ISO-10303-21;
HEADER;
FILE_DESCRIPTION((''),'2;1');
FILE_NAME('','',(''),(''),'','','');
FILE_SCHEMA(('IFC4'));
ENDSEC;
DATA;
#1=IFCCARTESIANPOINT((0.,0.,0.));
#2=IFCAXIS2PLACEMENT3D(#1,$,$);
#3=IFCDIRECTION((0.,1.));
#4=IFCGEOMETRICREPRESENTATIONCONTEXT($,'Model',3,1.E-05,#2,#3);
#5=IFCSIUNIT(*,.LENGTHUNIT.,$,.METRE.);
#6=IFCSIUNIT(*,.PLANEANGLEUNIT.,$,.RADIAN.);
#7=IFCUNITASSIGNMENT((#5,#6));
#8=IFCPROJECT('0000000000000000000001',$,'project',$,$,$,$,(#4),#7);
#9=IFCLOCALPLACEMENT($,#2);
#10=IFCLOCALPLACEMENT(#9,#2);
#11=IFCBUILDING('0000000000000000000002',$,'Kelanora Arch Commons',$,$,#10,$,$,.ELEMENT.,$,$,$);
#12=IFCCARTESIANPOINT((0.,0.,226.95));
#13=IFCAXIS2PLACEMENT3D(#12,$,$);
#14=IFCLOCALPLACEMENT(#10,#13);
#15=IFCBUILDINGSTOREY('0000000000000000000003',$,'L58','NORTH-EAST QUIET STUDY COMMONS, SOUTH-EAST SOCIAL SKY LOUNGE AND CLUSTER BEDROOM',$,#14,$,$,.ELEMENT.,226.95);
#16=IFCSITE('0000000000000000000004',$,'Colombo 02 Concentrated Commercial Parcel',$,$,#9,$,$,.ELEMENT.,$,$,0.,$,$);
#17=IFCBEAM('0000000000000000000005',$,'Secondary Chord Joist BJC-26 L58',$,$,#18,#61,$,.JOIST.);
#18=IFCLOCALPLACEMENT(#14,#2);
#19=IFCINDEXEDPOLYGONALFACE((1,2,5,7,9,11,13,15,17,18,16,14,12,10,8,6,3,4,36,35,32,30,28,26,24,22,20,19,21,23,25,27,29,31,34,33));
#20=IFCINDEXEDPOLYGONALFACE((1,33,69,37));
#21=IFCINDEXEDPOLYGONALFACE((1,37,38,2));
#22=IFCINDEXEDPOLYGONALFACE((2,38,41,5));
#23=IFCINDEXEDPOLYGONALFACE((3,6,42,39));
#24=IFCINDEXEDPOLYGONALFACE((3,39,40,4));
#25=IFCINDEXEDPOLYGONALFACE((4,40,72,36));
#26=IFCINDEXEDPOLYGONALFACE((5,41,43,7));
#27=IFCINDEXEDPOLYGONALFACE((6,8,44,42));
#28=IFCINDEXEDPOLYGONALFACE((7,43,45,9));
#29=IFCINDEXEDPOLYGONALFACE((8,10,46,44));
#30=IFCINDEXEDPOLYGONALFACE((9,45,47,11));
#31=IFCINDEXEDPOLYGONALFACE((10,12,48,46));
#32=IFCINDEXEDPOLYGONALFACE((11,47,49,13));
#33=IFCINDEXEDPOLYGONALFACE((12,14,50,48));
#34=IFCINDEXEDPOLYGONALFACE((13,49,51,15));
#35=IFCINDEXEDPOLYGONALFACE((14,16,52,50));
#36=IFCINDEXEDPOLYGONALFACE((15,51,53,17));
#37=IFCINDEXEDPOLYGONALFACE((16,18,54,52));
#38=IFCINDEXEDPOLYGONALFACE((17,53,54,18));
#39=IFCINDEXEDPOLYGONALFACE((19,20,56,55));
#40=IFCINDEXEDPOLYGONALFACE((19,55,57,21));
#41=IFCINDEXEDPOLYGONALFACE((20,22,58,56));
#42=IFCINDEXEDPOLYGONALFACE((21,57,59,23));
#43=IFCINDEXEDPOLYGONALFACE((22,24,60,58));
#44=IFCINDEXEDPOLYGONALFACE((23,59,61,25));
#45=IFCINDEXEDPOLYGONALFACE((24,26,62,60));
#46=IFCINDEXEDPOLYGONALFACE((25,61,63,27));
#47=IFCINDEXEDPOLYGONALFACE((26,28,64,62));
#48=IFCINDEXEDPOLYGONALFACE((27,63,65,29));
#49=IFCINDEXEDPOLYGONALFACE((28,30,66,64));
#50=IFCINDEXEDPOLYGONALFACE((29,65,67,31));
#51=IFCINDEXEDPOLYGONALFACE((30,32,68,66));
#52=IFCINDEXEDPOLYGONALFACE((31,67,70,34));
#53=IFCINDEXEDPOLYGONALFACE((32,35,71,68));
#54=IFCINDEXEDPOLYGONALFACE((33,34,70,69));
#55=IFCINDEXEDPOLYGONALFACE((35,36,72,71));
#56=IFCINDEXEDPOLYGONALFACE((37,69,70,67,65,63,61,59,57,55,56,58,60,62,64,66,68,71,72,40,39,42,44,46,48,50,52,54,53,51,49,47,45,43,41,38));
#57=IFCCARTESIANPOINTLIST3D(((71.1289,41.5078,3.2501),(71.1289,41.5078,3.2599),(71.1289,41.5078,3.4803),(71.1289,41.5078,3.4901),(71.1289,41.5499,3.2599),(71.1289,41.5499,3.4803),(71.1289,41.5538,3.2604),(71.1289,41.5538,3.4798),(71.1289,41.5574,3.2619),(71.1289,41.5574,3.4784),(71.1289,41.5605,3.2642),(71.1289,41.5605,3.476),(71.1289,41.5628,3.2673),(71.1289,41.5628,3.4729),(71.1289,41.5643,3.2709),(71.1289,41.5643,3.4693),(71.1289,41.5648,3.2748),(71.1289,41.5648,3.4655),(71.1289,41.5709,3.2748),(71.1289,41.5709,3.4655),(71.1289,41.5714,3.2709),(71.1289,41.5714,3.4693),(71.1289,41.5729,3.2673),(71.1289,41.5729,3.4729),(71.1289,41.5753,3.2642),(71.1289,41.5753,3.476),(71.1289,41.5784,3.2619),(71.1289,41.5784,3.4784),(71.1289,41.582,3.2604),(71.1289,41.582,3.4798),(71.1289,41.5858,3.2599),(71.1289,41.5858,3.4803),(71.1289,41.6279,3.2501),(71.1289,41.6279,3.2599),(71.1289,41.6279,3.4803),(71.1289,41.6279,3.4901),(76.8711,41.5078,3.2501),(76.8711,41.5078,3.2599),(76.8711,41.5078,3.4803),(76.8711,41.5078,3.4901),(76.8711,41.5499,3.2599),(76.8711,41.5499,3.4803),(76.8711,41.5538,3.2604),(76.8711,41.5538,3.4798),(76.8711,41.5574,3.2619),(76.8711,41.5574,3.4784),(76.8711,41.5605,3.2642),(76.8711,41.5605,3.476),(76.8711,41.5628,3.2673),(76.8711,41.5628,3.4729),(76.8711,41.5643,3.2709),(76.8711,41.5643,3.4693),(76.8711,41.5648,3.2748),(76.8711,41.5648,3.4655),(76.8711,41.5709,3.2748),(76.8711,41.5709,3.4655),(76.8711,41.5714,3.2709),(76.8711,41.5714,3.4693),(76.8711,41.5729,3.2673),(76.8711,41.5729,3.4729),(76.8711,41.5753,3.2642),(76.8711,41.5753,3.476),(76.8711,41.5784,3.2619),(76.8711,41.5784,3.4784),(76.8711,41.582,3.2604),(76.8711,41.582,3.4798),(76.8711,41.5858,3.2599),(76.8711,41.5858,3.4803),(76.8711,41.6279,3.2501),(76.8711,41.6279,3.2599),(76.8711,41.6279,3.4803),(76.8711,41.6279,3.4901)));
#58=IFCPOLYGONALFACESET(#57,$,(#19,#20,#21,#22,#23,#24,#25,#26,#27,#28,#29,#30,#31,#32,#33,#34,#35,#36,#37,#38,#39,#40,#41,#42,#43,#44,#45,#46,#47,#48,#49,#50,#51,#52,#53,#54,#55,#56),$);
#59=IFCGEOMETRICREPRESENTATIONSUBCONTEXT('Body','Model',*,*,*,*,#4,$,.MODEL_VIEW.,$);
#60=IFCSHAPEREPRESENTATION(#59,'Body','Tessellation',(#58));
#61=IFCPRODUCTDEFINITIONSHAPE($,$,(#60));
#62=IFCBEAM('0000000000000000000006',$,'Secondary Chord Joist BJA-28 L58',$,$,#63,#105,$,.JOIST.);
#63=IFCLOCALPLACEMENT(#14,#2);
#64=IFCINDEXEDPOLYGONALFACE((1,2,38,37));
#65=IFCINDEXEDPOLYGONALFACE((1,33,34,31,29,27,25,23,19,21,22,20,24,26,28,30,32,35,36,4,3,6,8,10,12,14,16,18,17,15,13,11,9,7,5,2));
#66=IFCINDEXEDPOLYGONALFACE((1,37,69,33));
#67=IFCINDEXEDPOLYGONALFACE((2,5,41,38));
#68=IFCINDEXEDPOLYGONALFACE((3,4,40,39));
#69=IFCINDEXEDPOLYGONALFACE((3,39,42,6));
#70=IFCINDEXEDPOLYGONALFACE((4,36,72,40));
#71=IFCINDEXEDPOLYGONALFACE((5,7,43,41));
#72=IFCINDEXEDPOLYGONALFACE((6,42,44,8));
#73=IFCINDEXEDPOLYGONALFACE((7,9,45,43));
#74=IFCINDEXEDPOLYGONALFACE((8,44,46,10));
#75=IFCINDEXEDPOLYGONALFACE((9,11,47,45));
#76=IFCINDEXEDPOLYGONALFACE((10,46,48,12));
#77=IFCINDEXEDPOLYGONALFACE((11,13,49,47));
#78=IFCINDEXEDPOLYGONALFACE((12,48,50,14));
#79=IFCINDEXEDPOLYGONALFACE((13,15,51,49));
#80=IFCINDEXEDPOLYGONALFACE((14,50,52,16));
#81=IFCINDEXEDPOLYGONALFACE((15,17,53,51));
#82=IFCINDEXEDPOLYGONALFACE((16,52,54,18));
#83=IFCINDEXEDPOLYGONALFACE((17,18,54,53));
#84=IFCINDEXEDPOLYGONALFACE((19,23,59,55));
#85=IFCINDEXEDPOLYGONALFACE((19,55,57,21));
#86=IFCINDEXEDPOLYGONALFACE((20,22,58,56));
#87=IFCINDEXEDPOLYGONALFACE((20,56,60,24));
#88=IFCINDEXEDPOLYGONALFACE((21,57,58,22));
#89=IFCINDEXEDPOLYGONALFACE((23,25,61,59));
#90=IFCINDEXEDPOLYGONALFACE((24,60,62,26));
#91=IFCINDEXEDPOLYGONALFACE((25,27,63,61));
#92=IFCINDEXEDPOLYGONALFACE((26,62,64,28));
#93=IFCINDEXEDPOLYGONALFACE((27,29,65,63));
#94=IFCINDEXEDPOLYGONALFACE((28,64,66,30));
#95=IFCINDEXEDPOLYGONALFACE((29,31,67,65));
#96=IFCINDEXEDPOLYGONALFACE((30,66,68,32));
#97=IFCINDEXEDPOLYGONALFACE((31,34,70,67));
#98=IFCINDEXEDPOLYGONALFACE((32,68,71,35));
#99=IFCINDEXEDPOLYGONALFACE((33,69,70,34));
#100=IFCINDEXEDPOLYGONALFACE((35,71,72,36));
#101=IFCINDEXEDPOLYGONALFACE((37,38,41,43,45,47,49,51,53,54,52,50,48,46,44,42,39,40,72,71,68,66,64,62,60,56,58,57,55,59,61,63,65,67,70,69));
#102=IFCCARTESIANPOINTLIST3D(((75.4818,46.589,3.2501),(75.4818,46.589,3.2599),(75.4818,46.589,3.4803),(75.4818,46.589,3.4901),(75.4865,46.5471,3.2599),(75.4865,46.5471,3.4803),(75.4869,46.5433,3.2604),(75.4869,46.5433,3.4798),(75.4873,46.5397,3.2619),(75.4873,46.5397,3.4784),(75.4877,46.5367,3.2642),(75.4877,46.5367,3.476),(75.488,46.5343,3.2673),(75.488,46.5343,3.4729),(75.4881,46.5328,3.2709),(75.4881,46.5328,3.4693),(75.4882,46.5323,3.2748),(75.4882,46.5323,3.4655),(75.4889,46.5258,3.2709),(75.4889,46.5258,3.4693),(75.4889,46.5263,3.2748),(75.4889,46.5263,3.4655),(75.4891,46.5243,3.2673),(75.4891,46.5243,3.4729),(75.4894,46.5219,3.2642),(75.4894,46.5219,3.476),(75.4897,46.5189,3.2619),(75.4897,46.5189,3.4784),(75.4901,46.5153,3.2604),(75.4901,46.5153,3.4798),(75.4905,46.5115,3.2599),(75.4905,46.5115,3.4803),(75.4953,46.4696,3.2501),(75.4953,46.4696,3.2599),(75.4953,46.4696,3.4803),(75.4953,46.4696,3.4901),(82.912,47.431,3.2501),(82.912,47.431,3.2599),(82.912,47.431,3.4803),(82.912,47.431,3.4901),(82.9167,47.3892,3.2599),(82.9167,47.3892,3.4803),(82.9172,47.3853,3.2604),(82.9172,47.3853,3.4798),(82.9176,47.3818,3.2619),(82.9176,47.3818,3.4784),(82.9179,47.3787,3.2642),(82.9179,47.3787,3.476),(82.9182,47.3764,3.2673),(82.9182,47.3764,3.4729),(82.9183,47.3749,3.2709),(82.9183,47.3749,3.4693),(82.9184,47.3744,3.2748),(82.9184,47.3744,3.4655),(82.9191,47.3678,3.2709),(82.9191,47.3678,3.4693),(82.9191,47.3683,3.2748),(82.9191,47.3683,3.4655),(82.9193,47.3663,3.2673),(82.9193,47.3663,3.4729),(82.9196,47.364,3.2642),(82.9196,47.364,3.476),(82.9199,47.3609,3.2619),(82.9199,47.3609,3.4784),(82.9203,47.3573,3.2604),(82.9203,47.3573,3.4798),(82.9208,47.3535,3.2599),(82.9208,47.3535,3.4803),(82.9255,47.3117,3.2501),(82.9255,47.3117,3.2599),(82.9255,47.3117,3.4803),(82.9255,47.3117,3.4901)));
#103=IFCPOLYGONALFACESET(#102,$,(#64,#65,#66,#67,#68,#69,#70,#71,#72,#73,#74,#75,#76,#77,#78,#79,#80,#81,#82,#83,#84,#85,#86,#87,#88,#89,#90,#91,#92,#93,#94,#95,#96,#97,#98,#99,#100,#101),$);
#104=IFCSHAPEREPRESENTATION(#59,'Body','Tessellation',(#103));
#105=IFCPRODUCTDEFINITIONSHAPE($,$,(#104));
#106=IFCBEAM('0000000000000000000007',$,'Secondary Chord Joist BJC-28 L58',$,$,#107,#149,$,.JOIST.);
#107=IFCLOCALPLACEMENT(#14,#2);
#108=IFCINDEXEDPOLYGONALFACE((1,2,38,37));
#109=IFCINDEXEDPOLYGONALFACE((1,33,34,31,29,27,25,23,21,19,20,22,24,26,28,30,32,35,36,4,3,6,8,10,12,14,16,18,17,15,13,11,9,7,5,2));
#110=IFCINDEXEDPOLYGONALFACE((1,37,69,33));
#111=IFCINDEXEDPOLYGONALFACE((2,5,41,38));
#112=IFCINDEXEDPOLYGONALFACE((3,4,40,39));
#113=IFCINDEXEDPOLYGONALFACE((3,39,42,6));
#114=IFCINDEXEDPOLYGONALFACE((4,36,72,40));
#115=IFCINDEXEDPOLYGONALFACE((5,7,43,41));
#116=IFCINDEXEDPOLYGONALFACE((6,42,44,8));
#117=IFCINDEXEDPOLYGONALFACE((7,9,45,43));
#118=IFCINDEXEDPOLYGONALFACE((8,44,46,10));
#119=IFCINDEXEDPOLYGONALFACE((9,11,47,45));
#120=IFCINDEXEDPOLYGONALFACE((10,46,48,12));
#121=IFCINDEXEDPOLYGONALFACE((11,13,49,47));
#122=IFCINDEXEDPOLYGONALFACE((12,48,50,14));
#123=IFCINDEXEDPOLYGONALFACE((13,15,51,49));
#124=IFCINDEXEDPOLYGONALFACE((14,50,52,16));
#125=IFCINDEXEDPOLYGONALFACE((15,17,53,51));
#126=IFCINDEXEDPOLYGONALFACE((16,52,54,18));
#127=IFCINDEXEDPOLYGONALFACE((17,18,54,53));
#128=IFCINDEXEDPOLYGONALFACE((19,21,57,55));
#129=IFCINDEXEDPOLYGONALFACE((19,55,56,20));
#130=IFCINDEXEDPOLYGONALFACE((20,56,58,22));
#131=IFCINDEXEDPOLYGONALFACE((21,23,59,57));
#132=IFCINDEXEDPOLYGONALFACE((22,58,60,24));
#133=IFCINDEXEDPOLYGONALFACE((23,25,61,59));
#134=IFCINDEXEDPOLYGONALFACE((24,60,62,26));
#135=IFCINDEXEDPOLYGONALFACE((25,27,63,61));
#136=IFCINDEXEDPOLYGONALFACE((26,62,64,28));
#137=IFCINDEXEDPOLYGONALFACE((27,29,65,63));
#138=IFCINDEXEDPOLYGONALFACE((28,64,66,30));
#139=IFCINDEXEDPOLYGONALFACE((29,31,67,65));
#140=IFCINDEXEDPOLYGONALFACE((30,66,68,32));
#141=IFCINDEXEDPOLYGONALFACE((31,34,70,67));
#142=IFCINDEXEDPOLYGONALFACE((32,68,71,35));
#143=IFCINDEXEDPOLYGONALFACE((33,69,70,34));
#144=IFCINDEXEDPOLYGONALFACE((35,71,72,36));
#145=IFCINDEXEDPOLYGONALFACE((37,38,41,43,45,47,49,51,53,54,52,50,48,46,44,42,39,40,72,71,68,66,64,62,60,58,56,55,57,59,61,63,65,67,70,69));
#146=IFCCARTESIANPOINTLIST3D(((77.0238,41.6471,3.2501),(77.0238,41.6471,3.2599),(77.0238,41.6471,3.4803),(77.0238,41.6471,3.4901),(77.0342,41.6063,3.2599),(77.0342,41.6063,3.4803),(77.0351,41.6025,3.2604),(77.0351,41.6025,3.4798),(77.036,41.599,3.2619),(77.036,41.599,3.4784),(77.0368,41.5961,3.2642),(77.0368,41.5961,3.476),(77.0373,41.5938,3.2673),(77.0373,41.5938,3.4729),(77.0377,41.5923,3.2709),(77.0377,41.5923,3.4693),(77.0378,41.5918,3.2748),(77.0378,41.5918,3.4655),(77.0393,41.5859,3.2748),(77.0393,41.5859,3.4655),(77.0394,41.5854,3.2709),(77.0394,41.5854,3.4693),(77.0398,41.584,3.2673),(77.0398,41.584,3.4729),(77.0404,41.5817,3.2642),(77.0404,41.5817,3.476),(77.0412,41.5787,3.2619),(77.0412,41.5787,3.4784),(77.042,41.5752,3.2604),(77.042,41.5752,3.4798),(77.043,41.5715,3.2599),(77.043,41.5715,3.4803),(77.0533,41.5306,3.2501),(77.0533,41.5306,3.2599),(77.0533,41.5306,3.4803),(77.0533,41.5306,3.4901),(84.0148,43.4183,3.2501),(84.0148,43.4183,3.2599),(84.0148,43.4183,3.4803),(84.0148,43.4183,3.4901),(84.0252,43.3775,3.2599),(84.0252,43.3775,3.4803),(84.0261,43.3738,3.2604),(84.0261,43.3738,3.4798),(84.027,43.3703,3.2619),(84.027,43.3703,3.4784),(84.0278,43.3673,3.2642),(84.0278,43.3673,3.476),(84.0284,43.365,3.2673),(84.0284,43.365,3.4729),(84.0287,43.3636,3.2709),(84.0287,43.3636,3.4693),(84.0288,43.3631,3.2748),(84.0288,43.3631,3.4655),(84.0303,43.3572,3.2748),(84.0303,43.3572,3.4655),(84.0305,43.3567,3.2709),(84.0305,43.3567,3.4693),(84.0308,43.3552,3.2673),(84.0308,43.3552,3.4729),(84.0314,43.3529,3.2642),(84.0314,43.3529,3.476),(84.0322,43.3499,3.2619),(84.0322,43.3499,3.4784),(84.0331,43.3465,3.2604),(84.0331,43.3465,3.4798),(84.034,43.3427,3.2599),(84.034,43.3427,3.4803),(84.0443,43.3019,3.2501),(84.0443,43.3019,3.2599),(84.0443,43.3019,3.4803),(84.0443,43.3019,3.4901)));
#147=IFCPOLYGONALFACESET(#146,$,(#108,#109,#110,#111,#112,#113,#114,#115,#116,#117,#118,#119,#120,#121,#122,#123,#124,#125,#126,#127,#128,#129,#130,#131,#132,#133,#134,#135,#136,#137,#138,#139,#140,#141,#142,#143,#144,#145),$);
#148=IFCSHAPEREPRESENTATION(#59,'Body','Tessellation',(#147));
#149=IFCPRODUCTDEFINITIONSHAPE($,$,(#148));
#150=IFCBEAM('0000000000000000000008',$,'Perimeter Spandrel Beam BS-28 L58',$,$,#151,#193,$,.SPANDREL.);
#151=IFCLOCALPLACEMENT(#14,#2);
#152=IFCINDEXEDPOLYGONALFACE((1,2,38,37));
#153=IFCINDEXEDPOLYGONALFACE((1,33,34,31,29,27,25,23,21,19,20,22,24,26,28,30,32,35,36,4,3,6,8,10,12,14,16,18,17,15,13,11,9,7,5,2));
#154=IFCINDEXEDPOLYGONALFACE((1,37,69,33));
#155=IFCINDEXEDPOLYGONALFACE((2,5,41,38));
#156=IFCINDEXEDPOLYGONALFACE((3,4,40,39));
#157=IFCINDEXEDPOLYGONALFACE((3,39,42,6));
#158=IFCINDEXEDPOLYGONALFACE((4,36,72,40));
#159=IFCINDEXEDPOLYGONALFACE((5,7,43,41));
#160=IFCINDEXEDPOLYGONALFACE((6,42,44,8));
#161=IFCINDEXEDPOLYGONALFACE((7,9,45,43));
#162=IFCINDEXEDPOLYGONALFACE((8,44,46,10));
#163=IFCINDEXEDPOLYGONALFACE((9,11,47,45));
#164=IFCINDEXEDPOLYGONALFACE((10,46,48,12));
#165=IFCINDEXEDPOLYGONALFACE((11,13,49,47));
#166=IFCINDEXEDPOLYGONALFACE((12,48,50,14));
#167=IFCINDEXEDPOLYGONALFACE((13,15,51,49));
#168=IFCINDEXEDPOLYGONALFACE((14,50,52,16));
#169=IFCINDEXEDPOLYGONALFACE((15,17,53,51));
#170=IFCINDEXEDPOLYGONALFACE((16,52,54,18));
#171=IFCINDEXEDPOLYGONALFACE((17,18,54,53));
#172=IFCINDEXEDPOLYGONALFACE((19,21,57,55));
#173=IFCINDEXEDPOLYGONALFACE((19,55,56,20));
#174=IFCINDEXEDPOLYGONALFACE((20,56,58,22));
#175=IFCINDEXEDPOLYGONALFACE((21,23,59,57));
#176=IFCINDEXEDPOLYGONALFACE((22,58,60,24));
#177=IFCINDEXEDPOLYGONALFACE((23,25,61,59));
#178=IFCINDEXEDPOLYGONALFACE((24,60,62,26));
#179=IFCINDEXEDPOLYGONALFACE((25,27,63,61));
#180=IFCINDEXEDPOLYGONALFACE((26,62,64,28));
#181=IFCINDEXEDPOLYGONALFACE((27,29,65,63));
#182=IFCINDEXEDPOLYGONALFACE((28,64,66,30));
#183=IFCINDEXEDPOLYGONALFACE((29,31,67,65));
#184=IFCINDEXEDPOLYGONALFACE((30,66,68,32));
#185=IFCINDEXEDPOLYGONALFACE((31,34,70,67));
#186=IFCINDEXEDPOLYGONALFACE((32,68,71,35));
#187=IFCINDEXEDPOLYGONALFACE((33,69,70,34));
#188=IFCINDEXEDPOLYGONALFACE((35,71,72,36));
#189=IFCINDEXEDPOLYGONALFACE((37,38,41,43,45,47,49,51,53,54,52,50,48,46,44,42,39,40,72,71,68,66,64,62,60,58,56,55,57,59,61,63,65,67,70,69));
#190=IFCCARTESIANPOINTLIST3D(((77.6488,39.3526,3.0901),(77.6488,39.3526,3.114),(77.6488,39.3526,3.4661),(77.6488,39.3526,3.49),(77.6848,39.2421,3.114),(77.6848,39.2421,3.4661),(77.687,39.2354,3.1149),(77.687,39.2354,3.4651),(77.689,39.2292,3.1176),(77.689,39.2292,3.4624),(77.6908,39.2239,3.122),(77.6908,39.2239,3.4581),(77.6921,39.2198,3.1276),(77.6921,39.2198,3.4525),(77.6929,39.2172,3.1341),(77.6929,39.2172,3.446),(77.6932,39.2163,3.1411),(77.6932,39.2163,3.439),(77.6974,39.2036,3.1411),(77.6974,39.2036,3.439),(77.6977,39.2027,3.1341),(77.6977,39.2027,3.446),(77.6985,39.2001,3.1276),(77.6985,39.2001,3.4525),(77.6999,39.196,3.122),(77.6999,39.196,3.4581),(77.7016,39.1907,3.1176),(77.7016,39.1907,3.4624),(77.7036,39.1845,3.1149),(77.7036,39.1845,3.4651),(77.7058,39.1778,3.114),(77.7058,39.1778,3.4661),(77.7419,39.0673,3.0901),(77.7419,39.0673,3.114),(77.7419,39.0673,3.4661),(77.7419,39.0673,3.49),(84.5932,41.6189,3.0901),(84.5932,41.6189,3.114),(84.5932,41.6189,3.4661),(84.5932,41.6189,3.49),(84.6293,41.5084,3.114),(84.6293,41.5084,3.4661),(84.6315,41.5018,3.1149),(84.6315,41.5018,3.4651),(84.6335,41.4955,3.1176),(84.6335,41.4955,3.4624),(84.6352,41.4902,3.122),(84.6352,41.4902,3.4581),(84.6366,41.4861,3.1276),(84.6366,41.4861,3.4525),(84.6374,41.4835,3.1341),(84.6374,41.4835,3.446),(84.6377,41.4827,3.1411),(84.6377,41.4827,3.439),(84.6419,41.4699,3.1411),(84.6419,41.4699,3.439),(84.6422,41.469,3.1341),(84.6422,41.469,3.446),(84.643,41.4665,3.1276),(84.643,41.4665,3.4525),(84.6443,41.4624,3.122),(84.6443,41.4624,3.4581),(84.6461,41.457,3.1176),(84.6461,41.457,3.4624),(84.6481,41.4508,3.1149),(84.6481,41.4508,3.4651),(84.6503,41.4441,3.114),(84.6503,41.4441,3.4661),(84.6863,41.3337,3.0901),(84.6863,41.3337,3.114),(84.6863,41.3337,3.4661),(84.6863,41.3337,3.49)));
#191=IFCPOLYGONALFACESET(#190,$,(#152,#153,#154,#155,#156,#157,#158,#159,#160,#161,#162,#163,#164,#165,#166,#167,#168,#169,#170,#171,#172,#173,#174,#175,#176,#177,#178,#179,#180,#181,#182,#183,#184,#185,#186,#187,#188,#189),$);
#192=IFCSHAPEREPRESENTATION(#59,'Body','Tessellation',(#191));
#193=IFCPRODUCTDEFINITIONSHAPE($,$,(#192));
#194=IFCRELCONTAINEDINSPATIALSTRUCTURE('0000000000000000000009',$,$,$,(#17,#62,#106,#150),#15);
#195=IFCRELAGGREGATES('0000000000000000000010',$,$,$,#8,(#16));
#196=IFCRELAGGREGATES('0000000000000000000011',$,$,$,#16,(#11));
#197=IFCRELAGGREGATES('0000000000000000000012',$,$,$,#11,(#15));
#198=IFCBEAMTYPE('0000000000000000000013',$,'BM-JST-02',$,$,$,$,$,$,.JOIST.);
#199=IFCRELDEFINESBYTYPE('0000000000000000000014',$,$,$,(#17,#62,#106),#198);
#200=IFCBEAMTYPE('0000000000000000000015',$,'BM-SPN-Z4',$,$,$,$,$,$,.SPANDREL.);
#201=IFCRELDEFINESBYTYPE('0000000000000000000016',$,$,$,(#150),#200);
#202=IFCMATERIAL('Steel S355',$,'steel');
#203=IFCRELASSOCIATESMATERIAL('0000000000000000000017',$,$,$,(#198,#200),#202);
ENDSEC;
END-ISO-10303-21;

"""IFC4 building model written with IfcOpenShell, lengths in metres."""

from ifc_helpers import new_model, si_unit, direction, frame, origin, origin_2d, place, context, subcontext, project, spatial, i_section, extrude, material, material_profile, profile_set, type_object, element, save


model = new_model("IFC4")

# Units and contexts
model_context = context("Model", 3, precision=1e-05, world=origin(), true_north=direction((0.0, 1.0)))
body_context = subcontext(model_context, "Body", "Model", "MODEL_VIEW")
ifc_project = project(units=[si_unit("LENGTHUNIT", "METRE"), si_unit("PLANEANGLEUNIT", "RADIAN")], contexts=[model_context])

# Site, building, storey
site_placement = place(None, origin())
site = spatial("IfcSite", under=ifc_project, at=site_placement, Name="Colombo 02 Concentrated Commercial Parcel", CompositionType="ELEMENT", RefElevation=0.0)
building_placement = place(site_placement, origin())
building = spatial("IfcBuilding", under=site, at=building_placement, Name="Kelanora Arch Commons", CompositionType="ELEMENT")
storey_placement = place(building_placement, frame((0.0, 0.0, 226.95)))
storey = spatial("IfcBuildingStorey", under=building, at=storey_placement, Name="L58", Description="NORTH-EAST QUIET STUDY COMMONS, SOUTH-EAST SOCIAL SKY LOUNGE AND CLUSTER BEDROOM", CompositionType="ELEMENT", Elevation=226.95)

# Beams
ifc_material_1 = material(Name="Steel S355", Category="steel")
ifc_material_profile_1 = material_profile(ifc_material_1, i_section(OverallWidth=0.1201, OverallDepth=0.24, WebThickness=0.0061, FlangeThickness=0.0098, FilletRadius=0.0149, at=origin_2d()), Name="IPE240")
ifc_profile_set_1 = profile_set([ifc_material_profile_1], Name="Steel S355")
beam_type_1 = type_object("IfcBeamType", Name="BM-JST-02", PredefinedType="JOIST", material=ifc_profile_set_1)
beam_1_placement = place(storey_placement, frame((71.1289, 41.5679, 3.3701), z_axis=(1.0, 0.0, 0.0), x_axis=(0.0, 1.0, 0.0)))
element("IfcBeam", 1, at=beam_1_placement, inside=storey, type_object=beam_type_1, Name="Secondary Chord Joist BJC-26 L58", PredefinedType="JOIST", context=body_context, shape_type="SweptSolid", body=[
    extrude(i_section(OverallWidth=0.1201, OverallDepth=0.24, WebThickness=0.0061, FlangeThickness=0.0098, FilletRadius=0.0149, at=origin_2d()), origin(), (0.0, 0.0, 1.0), 5.7422),
])
beam_2_placement = place(storey_placement, frame((75.4885, 46.5293, 3.3701), z_axis=(0.99364, 0.112606, 0.0), x_axis=(-0.112606, 0.99364, 0.0)))
element("IfcBeam", 2, at=beam_2_placement, inside=storey, type_object=beam_type_1, Name="Secondary Chord Joist BJA-28 L58", PredefinedType="JOIST", context=body_context, shape_type="SweptSolid", body=[
    extrude(i_section(OverallWidth=0.1201, OverallDepth=0.24, WebThickness=0.0061, FlangeThickness=0.0098, FilletRadius=0.0149, at=origin_2d()), origin(), (0.0, 0.0, 1.0), 7.4778),
])
beam_3_placement = place(storey_placement, frame((77.0386, 41.5889, 3.3701), z_axis=(0.969371, 0.245601, 0.0), x_axis=(-0.245601, 0.969371, 0.0)))
element("IfcBeam", 3, at=beam_3_placement, inside=storey, type_object=beam_type_1, Name="Secondary Chord Joist BJC-28 L58", PredefinedType="JOIST", context=body_context, shape_type="SweptSolid", body=[
    extrude(i_section(OverallWidth=0.1201, OverallDepth=0.24, WebThickness=0.0061, FlangeThickness=0.0098, FilletRadius=0.0149, at=origin_2d()), origin(), (0.0, 0.0, 1.0), 7.2119),
])
ifc_material_profile_2 = material_profile(ifc_material_1, i_section(OverallWidth=0.3, OverallDepth=0.3999, WebThickness=0.0134, FlangeThickness=0.0239, FilletRadius=0.0271, at=origin_2d()), Name="HEB400")
ifc_profile_set_2 = profile_set([ifc_material_profile_2], Name="Steel S355")
beam_type_2 = type_object("IfcBeamType", Name="BM-SPN-Z4", PredefinedType="SPANDREL", material=ifc_profile_set_2)
beam_4_placement = place(storey_placement, frame((77.6953, 39.21, 3.29), z_axis=(0.950656, 0.310246, 0.0), x_axis=(-0.310246, 0.950656, 0.0)))
element("IfcBeam", 4, at=beam_4_placement, inside=storey, type_object=beam_type_2, Name="Perimeter Spandrel Beam BS-28 L58", PredefinedType="SPANDREL", context=body_context, shape_type="SweptSolid", body=[
    extrude(i_section(OverallWidth=0.3, OverallDepth=0.3999, WebThickness=0.0134, FlangeThickness=0.0239, FilletRadius=0.0271, at=origin_2d()), origin(), (0.0, 0.0, 1.0), 7.3049),
])

save(model, "model.ifc")
